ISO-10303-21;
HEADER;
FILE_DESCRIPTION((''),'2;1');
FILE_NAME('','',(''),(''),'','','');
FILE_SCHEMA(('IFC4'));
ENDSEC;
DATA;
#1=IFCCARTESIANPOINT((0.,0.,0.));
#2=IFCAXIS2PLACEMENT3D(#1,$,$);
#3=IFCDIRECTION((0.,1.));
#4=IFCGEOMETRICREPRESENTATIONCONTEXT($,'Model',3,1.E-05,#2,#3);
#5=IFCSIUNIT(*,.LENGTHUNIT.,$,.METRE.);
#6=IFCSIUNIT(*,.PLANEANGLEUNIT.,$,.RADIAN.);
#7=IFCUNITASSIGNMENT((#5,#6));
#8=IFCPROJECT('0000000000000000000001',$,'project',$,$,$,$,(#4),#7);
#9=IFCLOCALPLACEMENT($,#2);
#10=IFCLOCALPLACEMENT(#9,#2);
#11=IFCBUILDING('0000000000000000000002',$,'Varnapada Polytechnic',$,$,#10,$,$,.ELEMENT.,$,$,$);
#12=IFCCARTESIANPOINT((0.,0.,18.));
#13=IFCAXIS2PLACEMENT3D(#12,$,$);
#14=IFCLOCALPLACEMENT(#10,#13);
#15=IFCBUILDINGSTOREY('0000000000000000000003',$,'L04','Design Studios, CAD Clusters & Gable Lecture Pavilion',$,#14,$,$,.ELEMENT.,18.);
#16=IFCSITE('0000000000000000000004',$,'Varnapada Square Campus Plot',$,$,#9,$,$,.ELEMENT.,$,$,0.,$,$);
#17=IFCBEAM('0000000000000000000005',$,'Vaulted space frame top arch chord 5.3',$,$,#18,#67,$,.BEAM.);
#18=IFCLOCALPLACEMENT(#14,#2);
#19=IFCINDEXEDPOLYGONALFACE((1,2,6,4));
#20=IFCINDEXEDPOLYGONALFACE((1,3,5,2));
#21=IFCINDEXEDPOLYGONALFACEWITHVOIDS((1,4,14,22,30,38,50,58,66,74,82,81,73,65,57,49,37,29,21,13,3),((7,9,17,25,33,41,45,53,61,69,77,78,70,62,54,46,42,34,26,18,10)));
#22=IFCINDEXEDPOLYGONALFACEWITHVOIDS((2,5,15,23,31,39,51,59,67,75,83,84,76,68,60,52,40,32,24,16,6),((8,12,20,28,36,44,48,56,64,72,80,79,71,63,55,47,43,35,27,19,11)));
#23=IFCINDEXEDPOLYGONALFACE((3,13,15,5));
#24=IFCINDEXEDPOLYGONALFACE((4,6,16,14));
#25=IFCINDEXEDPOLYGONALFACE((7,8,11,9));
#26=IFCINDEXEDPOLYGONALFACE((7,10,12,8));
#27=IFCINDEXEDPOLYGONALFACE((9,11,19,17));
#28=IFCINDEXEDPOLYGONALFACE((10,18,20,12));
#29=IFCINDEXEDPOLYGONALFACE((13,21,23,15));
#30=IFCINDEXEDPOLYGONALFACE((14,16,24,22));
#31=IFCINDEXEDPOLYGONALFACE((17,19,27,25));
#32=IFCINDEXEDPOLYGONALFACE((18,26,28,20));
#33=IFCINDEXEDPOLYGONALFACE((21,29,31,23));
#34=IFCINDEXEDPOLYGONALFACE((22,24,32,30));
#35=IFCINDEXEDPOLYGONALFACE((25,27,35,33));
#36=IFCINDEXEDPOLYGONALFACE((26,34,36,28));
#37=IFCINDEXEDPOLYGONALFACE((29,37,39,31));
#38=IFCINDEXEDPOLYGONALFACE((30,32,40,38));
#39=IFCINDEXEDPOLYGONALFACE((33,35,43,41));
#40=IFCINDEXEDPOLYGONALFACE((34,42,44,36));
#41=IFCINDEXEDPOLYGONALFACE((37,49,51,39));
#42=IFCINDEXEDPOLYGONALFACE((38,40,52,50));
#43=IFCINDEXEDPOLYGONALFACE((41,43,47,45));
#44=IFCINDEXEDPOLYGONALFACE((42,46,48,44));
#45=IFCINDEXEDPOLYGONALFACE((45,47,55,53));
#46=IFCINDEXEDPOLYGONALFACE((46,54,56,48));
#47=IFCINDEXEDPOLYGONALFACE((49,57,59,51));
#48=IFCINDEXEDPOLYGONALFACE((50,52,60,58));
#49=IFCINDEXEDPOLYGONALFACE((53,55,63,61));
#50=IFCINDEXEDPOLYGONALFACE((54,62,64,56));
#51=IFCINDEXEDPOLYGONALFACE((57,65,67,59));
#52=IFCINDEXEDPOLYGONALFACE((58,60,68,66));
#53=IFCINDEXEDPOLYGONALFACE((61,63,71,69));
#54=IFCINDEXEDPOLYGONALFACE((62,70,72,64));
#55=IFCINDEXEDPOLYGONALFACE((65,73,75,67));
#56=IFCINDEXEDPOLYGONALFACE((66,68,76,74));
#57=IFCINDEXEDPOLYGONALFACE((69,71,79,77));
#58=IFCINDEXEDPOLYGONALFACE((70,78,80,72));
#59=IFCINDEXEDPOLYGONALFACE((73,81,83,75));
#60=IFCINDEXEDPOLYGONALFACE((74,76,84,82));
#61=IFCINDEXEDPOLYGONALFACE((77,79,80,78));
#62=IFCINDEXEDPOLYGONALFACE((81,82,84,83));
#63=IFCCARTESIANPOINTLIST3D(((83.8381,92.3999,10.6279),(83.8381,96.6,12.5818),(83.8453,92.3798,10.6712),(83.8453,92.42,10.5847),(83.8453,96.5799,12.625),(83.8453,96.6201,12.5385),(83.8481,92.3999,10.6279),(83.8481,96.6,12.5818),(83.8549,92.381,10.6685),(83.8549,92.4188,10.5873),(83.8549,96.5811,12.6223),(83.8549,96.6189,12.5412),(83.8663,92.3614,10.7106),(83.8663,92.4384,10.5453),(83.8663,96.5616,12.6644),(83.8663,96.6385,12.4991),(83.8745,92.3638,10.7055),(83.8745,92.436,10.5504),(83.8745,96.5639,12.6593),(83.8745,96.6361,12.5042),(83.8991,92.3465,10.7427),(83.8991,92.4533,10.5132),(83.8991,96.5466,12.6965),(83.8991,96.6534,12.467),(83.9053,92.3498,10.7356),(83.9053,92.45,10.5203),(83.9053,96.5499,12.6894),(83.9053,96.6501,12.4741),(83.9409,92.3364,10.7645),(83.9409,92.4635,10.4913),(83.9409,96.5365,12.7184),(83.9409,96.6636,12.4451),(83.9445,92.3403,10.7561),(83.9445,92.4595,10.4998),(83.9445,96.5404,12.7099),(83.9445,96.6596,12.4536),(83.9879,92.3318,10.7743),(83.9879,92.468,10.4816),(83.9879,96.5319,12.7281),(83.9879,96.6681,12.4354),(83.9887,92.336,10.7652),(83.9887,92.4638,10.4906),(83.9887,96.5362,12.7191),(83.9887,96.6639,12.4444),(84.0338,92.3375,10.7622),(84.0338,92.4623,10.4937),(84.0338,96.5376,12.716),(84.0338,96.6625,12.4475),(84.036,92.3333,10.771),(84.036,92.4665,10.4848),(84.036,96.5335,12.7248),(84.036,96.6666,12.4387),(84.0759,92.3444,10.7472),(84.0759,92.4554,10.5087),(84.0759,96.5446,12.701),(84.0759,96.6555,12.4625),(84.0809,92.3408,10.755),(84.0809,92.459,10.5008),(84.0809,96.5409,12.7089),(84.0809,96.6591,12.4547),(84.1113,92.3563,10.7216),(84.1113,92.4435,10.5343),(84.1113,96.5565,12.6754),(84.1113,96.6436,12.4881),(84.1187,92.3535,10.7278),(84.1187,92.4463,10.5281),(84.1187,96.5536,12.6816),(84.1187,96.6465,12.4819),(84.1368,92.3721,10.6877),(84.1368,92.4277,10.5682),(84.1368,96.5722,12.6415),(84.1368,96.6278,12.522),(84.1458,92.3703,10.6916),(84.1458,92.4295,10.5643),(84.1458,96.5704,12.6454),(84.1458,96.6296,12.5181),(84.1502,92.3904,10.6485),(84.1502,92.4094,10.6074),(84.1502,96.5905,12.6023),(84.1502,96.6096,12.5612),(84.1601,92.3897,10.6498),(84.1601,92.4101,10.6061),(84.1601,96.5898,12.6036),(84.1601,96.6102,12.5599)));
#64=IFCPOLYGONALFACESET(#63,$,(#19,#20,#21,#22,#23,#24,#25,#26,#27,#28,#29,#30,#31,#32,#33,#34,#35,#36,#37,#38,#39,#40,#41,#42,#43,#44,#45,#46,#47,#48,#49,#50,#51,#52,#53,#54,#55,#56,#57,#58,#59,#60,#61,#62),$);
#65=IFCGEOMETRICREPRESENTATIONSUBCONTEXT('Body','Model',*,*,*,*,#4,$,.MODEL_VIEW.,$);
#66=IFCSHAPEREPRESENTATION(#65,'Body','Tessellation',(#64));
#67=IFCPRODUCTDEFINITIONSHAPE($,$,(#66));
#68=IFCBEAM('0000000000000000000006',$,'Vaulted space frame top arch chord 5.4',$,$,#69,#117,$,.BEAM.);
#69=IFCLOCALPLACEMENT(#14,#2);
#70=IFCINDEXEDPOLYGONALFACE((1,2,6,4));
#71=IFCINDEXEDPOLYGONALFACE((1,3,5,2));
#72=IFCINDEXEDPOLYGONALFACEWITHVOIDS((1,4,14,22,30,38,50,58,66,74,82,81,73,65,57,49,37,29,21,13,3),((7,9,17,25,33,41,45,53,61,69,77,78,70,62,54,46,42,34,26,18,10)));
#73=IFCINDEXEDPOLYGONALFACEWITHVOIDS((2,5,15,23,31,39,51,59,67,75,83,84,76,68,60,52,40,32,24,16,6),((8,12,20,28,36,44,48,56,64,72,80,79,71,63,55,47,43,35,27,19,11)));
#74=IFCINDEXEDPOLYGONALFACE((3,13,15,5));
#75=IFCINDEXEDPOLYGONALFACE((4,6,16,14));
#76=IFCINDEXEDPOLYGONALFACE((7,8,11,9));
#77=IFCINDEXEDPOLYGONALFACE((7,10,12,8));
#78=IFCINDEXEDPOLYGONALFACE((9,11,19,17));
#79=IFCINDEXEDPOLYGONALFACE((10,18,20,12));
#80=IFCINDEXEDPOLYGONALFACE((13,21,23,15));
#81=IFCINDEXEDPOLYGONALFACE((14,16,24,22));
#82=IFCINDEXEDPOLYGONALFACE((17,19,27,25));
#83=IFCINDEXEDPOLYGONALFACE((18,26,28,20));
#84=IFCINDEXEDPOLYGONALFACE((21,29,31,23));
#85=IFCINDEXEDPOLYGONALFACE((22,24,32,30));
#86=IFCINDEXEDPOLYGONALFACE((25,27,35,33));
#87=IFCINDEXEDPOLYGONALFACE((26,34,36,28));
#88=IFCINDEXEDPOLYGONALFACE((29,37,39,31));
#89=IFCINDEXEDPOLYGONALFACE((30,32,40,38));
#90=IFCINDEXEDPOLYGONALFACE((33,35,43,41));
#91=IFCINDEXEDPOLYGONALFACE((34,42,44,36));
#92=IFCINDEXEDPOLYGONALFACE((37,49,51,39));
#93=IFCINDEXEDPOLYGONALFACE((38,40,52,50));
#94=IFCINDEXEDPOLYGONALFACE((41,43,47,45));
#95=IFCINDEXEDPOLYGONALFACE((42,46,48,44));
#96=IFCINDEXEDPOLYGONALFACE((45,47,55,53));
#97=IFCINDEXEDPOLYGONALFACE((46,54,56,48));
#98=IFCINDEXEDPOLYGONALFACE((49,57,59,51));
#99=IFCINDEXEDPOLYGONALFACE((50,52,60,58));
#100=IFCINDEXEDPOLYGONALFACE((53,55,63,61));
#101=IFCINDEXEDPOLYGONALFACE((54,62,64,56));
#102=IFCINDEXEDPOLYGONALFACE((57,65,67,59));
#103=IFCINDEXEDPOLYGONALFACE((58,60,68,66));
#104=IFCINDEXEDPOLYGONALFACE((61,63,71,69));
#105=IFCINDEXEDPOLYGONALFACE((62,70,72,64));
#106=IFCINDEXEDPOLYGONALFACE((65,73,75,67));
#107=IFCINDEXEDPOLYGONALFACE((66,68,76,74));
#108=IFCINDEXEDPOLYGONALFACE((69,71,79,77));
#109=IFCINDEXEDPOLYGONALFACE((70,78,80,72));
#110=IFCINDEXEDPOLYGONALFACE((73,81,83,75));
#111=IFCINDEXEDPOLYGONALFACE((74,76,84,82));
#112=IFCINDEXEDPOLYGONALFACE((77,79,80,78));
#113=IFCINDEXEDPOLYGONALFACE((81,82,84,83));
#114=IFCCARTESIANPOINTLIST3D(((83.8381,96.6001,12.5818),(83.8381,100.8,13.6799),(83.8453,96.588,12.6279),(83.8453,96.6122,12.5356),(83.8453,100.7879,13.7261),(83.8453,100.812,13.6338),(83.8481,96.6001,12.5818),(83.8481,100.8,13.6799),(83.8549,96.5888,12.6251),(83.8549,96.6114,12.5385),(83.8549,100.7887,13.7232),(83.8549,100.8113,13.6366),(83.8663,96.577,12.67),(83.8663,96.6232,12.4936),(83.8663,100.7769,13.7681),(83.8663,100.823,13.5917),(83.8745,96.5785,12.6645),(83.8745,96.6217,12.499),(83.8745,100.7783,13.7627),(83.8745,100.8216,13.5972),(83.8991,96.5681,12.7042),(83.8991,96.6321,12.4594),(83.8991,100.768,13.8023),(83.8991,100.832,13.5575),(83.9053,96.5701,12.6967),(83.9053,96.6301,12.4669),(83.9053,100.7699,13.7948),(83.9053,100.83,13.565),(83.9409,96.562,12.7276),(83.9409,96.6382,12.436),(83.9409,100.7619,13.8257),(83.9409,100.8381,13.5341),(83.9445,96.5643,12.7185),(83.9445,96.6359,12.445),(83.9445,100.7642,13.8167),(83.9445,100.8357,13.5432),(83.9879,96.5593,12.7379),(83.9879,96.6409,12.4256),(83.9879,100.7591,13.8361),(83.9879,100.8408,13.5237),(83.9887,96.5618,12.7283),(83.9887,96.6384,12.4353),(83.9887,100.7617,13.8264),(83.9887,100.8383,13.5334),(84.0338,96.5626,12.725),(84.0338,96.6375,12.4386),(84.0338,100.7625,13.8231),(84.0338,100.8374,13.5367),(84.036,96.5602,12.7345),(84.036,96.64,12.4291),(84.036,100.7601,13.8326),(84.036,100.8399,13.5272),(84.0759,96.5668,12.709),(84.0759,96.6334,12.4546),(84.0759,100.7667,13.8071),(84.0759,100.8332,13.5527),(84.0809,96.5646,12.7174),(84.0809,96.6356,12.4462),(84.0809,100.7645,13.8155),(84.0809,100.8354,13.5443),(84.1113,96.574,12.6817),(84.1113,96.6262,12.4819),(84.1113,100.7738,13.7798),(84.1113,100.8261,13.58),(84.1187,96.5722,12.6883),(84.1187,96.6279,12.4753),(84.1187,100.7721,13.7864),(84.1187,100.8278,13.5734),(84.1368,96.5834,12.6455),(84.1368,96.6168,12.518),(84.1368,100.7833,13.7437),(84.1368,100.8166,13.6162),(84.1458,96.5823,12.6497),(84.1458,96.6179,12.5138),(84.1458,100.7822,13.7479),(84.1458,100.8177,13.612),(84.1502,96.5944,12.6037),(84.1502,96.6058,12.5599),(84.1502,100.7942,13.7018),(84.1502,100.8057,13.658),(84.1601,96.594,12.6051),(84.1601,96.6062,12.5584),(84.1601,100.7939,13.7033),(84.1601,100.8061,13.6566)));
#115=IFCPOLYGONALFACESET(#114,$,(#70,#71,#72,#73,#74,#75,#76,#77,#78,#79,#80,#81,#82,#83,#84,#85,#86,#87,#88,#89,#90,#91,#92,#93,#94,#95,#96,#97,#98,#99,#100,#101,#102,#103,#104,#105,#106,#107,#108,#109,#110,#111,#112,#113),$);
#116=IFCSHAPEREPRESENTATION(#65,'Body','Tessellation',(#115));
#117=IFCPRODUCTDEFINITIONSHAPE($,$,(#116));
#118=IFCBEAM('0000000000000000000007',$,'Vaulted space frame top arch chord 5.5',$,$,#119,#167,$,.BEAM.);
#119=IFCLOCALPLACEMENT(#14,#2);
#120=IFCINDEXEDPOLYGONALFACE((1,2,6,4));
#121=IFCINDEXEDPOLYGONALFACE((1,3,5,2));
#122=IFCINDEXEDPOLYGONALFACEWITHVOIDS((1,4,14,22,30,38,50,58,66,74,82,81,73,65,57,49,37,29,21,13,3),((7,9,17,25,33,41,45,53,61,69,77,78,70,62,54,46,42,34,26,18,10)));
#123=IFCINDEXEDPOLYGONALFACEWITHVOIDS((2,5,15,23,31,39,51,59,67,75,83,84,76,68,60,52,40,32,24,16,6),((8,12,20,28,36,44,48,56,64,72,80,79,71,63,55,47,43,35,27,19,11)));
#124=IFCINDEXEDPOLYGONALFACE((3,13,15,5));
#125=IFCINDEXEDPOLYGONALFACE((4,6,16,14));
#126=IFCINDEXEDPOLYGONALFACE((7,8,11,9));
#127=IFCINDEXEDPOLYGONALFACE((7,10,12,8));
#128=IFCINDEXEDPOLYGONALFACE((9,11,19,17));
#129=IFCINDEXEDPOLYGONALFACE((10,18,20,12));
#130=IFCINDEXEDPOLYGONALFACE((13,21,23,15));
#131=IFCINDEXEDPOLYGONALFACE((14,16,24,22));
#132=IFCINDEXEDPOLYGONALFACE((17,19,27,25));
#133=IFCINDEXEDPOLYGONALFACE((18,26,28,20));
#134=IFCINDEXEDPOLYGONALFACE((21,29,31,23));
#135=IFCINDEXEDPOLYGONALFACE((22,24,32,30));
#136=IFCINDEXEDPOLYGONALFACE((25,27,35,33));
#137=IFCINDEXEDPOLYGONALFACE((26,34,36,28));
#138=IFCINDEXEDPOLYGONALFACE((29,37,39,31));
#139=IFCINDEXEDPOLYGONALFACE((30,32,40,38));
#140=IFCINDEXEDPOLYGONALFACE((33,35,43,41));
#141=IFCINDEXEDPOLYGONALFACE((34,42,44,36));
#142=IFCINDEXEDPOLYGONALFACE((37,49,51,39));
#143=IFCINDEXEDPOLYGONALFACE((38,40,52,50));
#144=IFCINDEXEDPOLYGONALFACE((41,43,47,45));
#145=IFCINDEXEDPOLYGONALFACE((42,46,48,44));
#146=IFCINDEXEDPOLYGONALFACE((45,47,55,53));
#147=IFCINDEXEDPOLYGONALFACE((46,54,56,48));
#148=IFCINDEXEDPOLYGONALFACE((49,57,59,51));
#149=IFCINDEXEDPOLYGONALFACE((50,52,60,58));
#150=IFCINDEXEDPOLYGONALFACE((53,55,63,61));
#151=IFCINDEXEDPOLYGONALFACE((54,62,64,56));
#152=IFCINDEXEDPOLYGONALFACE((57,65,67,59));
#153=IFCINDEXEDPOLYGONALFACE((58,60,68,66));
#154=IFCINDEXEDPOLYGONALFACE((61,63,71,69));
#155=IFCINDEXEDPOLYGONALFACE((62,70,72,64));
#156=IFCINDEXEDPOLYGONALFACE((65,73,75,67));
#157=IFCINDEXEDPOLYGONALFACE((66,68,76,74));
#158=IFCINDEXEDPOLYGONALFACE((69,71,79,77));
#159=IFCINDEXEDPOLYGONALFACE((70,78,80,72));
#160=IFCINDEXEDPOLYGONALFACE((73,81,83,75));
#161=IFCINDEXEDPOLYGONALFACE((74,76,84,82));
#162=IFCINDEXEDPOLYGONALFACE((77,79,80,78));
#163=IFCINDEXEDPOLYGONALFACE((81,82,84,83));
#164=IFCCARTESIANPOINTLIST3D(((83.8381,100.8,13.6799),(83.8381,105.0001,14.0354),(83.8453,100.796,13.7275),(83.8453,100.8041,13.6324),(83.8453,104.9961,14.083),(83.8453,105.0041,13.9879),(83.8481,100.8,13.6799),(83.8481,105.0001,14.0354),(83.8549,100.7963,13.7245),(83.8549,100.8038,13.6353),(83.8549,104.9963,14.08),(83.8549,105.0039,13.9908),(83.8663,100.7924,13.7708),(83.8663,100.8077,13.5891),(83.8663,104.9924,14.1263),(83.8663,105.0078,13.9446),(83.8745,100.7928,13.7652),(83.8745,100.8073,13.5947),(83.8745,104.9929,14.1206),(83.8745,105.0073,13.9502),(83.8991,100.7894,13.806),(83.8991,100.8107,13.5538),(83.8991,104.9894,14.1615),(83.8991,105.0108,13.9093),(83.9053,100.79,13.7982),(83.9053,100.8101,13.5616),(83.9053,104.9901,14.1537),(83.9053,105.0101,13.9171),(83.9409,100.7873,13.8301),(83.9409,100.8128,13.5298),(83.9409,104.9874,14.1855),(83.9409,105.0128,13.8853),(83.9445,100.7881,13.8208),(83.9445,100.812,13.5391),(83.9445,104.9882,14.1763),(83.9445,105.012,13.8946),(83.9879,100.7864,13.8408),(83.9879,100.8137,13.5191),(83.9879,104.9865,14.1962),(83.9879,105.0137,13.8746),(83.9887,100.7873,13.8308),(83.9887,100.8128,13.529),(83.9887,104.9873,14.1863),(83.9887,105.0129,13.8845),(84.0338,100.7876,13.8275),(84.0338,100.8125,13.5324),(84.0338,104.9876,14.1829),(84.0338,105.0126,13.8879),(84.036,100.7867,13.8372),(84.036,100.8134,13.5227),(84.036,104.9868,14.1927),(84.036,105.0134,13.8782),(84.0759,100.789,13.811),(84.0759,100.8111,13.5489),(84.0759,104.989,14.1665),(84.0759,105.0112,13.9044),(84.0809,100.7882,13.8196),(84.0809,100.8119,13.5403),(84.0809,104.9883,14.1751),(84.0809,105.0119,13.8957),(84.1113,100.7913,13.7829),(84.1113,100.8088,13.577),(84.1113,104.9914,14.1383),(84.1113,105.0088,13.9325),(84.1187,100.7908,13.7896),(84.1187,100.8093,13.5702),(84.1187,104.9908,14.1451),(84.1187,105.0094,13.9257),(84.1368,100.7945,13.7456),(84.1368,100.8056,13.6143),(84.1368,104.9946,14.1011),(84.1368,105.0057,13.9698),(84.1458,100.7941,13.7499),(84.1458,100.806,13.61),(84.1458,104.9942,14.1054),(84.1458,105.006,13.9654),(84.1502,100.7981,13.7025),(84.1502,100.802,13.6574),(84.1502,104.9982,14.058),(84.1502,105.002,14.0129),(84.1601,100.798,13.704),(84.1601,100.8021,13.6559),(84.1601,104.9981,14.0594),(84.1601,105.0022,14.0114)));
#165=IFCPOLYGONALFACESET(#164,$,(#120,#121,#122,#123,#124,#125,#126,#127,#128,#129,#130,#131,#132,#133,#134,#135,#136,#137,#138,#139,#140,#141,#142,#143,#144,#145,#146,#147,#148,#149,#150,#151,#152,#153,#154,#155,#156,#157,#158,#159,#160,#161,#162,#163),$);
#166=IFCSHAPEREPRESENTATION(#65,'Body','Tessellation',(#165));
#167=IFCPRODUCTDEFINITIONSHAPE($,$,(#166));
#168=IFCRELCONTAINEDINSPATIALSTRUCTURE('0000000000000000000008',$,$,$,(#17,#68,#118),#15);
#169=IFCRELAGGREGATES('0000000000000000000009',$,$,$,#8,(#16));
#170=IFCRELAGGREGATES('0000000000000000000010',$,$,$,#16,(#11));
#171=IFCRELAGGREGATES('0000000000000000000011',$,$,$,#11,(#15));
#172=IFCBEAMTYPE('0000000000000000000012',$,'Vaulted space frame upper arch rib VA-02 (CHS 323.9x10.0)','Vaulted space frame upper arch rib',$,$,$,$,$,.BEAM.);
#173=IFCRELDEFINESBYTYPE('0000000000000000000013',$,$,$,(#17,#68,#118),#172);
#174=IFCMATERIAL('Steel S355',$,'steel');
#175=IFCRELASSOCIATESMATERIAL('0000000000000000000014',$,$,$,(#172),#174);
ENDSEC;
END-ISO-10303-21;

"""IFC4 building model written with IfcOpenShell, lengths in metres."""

from ifc_helpers import new_model, si_unit, direction, frame, origin, origin_2d, place, context, subcontext, project, spatial, hollow_circle, extrude, material, material_profile, profile_set, type_object, element, save


model = new_model("IFC4")

# Units and contexts
model_context = context("Model", 3, precision=1e-05, world=origin(), true_north=direction((0.0, 1.0)))
body_context = subcontext(model_context, "Body", "Model", "MODEL_VIEW")
ifc_project = project(units=[si_unit("LENGTHUNIT", "METRE"), si_unit("PLANEANGLEUNIT", "RADIAN")], contexts=[model_context])

# Site, building, storey
site_placement = place(None, origin())
site = spatial("IfcSite", under=ifc_project, at=site_placement, Name="Varnapada Square Campus Plot", CompositionType="ELEMENT", RefElevation=0.0)
building_placement = place(site_placement, origin())
building = spatial("IfcBuilding", under=site, at=building_placement, Name="Varnapada Polytechnic", CompositionType="ELEMENT")
storey_placement = place(building_placement, frame((0.0, 0.0, 18.0)))
storey = spatial("IfcBuildingStorey", under=building, at=storey_placement, Name="L04", Description="Design Studios, CAD Clusters & Gable Lecture Pavilion", CompositionType="ELEMENT", Elevation=18.0)

# Shared definitions
ifc_material = material(Name="Steel S355", Category="steel")

# Beams
ifc_material_profile_1 = material_profile(ifc_material, hollow_circle(Radius=0.1619, WallThickness=0.01, at=origin_2d()), Name="CHS 323.9x10.0")
ifc_profile_set_1 = profile_set([ifc_material_profile_1], Name="Steel S355")
beam_type_1 = type_object("IfcBeamType", Name="Vaulted space frame upper arch rib VA-02 (CHS 323.9x10.0)", Description="Vaulted space frame upper arch rib", PredefinedType="BEAM", material=ifc_profile_set_1)
beam_1_placement = place(storey_placement, frame((84.0, 92.3999, 10.6279), z_axis=(0.0, 0.906698, 0.42178), x_axis=(-1.0, 0.0, 0.0)))
element("IfcBeam", 1, at=beam_1_placement, inside=storey, type_object=beam_type_1, Name="Vaulted space frame top arch chord 5.3", PredefinedType="BEAM", context=body_context, shape_type="SweptSolid", body=[
    extrude(hollow_circle(Radius=0.1619, WallThickness=0.01, at=origin_2d()), origin(), (0.0, 0.0, 1.0), 4.6323),
])
beam_2_placement = place(storey_placement, frame((84.0, 96.6001, 12.5818), z_axis=(0.0, 0.967476, 0.252962), x_axis=(-1.0, 0.0, 0.0)))
element("IfcBeam", 2, at=beam_2_placement, inside=storey, type_object=beam_type_1, Name="Vaulted space frame top arch chord 5.4", PredefinedType="BEAM", context=body_context, shape_type="SweptSolid", body=[
    extrude(hollow_circle(Radius=0.1619, WallThickness=0.01, at=origin_2d()), origin(), (0.0, 0.0, 1.0), 4.3411),
])
for number, where, z_axis, x_axis, name in (
    (3, (84.0, 100.8, 13.6799), (0.0, 0.996437, 0.084335), (-1.0, 0.0, 0.0), "Vaulted space frame top arch chord 5.5"),
):
    element("IfcBeam", number, at=place(storey_placement, frame(where, z_axis=z_axis, x_axis=x_axis)), inside=storey, type_object=beam_type_1, Name=name, PredefinedType="BEAM", context=body_context, shape_type="SweptSolid", body=[
        extrude(hollow_circle(Radius=0.1619, WallThickness=0.01, at=origin_2d()), origin(), (0.0, 0.0, 1.0), 4.2151),
    ])

save(model, "model.ifc")
